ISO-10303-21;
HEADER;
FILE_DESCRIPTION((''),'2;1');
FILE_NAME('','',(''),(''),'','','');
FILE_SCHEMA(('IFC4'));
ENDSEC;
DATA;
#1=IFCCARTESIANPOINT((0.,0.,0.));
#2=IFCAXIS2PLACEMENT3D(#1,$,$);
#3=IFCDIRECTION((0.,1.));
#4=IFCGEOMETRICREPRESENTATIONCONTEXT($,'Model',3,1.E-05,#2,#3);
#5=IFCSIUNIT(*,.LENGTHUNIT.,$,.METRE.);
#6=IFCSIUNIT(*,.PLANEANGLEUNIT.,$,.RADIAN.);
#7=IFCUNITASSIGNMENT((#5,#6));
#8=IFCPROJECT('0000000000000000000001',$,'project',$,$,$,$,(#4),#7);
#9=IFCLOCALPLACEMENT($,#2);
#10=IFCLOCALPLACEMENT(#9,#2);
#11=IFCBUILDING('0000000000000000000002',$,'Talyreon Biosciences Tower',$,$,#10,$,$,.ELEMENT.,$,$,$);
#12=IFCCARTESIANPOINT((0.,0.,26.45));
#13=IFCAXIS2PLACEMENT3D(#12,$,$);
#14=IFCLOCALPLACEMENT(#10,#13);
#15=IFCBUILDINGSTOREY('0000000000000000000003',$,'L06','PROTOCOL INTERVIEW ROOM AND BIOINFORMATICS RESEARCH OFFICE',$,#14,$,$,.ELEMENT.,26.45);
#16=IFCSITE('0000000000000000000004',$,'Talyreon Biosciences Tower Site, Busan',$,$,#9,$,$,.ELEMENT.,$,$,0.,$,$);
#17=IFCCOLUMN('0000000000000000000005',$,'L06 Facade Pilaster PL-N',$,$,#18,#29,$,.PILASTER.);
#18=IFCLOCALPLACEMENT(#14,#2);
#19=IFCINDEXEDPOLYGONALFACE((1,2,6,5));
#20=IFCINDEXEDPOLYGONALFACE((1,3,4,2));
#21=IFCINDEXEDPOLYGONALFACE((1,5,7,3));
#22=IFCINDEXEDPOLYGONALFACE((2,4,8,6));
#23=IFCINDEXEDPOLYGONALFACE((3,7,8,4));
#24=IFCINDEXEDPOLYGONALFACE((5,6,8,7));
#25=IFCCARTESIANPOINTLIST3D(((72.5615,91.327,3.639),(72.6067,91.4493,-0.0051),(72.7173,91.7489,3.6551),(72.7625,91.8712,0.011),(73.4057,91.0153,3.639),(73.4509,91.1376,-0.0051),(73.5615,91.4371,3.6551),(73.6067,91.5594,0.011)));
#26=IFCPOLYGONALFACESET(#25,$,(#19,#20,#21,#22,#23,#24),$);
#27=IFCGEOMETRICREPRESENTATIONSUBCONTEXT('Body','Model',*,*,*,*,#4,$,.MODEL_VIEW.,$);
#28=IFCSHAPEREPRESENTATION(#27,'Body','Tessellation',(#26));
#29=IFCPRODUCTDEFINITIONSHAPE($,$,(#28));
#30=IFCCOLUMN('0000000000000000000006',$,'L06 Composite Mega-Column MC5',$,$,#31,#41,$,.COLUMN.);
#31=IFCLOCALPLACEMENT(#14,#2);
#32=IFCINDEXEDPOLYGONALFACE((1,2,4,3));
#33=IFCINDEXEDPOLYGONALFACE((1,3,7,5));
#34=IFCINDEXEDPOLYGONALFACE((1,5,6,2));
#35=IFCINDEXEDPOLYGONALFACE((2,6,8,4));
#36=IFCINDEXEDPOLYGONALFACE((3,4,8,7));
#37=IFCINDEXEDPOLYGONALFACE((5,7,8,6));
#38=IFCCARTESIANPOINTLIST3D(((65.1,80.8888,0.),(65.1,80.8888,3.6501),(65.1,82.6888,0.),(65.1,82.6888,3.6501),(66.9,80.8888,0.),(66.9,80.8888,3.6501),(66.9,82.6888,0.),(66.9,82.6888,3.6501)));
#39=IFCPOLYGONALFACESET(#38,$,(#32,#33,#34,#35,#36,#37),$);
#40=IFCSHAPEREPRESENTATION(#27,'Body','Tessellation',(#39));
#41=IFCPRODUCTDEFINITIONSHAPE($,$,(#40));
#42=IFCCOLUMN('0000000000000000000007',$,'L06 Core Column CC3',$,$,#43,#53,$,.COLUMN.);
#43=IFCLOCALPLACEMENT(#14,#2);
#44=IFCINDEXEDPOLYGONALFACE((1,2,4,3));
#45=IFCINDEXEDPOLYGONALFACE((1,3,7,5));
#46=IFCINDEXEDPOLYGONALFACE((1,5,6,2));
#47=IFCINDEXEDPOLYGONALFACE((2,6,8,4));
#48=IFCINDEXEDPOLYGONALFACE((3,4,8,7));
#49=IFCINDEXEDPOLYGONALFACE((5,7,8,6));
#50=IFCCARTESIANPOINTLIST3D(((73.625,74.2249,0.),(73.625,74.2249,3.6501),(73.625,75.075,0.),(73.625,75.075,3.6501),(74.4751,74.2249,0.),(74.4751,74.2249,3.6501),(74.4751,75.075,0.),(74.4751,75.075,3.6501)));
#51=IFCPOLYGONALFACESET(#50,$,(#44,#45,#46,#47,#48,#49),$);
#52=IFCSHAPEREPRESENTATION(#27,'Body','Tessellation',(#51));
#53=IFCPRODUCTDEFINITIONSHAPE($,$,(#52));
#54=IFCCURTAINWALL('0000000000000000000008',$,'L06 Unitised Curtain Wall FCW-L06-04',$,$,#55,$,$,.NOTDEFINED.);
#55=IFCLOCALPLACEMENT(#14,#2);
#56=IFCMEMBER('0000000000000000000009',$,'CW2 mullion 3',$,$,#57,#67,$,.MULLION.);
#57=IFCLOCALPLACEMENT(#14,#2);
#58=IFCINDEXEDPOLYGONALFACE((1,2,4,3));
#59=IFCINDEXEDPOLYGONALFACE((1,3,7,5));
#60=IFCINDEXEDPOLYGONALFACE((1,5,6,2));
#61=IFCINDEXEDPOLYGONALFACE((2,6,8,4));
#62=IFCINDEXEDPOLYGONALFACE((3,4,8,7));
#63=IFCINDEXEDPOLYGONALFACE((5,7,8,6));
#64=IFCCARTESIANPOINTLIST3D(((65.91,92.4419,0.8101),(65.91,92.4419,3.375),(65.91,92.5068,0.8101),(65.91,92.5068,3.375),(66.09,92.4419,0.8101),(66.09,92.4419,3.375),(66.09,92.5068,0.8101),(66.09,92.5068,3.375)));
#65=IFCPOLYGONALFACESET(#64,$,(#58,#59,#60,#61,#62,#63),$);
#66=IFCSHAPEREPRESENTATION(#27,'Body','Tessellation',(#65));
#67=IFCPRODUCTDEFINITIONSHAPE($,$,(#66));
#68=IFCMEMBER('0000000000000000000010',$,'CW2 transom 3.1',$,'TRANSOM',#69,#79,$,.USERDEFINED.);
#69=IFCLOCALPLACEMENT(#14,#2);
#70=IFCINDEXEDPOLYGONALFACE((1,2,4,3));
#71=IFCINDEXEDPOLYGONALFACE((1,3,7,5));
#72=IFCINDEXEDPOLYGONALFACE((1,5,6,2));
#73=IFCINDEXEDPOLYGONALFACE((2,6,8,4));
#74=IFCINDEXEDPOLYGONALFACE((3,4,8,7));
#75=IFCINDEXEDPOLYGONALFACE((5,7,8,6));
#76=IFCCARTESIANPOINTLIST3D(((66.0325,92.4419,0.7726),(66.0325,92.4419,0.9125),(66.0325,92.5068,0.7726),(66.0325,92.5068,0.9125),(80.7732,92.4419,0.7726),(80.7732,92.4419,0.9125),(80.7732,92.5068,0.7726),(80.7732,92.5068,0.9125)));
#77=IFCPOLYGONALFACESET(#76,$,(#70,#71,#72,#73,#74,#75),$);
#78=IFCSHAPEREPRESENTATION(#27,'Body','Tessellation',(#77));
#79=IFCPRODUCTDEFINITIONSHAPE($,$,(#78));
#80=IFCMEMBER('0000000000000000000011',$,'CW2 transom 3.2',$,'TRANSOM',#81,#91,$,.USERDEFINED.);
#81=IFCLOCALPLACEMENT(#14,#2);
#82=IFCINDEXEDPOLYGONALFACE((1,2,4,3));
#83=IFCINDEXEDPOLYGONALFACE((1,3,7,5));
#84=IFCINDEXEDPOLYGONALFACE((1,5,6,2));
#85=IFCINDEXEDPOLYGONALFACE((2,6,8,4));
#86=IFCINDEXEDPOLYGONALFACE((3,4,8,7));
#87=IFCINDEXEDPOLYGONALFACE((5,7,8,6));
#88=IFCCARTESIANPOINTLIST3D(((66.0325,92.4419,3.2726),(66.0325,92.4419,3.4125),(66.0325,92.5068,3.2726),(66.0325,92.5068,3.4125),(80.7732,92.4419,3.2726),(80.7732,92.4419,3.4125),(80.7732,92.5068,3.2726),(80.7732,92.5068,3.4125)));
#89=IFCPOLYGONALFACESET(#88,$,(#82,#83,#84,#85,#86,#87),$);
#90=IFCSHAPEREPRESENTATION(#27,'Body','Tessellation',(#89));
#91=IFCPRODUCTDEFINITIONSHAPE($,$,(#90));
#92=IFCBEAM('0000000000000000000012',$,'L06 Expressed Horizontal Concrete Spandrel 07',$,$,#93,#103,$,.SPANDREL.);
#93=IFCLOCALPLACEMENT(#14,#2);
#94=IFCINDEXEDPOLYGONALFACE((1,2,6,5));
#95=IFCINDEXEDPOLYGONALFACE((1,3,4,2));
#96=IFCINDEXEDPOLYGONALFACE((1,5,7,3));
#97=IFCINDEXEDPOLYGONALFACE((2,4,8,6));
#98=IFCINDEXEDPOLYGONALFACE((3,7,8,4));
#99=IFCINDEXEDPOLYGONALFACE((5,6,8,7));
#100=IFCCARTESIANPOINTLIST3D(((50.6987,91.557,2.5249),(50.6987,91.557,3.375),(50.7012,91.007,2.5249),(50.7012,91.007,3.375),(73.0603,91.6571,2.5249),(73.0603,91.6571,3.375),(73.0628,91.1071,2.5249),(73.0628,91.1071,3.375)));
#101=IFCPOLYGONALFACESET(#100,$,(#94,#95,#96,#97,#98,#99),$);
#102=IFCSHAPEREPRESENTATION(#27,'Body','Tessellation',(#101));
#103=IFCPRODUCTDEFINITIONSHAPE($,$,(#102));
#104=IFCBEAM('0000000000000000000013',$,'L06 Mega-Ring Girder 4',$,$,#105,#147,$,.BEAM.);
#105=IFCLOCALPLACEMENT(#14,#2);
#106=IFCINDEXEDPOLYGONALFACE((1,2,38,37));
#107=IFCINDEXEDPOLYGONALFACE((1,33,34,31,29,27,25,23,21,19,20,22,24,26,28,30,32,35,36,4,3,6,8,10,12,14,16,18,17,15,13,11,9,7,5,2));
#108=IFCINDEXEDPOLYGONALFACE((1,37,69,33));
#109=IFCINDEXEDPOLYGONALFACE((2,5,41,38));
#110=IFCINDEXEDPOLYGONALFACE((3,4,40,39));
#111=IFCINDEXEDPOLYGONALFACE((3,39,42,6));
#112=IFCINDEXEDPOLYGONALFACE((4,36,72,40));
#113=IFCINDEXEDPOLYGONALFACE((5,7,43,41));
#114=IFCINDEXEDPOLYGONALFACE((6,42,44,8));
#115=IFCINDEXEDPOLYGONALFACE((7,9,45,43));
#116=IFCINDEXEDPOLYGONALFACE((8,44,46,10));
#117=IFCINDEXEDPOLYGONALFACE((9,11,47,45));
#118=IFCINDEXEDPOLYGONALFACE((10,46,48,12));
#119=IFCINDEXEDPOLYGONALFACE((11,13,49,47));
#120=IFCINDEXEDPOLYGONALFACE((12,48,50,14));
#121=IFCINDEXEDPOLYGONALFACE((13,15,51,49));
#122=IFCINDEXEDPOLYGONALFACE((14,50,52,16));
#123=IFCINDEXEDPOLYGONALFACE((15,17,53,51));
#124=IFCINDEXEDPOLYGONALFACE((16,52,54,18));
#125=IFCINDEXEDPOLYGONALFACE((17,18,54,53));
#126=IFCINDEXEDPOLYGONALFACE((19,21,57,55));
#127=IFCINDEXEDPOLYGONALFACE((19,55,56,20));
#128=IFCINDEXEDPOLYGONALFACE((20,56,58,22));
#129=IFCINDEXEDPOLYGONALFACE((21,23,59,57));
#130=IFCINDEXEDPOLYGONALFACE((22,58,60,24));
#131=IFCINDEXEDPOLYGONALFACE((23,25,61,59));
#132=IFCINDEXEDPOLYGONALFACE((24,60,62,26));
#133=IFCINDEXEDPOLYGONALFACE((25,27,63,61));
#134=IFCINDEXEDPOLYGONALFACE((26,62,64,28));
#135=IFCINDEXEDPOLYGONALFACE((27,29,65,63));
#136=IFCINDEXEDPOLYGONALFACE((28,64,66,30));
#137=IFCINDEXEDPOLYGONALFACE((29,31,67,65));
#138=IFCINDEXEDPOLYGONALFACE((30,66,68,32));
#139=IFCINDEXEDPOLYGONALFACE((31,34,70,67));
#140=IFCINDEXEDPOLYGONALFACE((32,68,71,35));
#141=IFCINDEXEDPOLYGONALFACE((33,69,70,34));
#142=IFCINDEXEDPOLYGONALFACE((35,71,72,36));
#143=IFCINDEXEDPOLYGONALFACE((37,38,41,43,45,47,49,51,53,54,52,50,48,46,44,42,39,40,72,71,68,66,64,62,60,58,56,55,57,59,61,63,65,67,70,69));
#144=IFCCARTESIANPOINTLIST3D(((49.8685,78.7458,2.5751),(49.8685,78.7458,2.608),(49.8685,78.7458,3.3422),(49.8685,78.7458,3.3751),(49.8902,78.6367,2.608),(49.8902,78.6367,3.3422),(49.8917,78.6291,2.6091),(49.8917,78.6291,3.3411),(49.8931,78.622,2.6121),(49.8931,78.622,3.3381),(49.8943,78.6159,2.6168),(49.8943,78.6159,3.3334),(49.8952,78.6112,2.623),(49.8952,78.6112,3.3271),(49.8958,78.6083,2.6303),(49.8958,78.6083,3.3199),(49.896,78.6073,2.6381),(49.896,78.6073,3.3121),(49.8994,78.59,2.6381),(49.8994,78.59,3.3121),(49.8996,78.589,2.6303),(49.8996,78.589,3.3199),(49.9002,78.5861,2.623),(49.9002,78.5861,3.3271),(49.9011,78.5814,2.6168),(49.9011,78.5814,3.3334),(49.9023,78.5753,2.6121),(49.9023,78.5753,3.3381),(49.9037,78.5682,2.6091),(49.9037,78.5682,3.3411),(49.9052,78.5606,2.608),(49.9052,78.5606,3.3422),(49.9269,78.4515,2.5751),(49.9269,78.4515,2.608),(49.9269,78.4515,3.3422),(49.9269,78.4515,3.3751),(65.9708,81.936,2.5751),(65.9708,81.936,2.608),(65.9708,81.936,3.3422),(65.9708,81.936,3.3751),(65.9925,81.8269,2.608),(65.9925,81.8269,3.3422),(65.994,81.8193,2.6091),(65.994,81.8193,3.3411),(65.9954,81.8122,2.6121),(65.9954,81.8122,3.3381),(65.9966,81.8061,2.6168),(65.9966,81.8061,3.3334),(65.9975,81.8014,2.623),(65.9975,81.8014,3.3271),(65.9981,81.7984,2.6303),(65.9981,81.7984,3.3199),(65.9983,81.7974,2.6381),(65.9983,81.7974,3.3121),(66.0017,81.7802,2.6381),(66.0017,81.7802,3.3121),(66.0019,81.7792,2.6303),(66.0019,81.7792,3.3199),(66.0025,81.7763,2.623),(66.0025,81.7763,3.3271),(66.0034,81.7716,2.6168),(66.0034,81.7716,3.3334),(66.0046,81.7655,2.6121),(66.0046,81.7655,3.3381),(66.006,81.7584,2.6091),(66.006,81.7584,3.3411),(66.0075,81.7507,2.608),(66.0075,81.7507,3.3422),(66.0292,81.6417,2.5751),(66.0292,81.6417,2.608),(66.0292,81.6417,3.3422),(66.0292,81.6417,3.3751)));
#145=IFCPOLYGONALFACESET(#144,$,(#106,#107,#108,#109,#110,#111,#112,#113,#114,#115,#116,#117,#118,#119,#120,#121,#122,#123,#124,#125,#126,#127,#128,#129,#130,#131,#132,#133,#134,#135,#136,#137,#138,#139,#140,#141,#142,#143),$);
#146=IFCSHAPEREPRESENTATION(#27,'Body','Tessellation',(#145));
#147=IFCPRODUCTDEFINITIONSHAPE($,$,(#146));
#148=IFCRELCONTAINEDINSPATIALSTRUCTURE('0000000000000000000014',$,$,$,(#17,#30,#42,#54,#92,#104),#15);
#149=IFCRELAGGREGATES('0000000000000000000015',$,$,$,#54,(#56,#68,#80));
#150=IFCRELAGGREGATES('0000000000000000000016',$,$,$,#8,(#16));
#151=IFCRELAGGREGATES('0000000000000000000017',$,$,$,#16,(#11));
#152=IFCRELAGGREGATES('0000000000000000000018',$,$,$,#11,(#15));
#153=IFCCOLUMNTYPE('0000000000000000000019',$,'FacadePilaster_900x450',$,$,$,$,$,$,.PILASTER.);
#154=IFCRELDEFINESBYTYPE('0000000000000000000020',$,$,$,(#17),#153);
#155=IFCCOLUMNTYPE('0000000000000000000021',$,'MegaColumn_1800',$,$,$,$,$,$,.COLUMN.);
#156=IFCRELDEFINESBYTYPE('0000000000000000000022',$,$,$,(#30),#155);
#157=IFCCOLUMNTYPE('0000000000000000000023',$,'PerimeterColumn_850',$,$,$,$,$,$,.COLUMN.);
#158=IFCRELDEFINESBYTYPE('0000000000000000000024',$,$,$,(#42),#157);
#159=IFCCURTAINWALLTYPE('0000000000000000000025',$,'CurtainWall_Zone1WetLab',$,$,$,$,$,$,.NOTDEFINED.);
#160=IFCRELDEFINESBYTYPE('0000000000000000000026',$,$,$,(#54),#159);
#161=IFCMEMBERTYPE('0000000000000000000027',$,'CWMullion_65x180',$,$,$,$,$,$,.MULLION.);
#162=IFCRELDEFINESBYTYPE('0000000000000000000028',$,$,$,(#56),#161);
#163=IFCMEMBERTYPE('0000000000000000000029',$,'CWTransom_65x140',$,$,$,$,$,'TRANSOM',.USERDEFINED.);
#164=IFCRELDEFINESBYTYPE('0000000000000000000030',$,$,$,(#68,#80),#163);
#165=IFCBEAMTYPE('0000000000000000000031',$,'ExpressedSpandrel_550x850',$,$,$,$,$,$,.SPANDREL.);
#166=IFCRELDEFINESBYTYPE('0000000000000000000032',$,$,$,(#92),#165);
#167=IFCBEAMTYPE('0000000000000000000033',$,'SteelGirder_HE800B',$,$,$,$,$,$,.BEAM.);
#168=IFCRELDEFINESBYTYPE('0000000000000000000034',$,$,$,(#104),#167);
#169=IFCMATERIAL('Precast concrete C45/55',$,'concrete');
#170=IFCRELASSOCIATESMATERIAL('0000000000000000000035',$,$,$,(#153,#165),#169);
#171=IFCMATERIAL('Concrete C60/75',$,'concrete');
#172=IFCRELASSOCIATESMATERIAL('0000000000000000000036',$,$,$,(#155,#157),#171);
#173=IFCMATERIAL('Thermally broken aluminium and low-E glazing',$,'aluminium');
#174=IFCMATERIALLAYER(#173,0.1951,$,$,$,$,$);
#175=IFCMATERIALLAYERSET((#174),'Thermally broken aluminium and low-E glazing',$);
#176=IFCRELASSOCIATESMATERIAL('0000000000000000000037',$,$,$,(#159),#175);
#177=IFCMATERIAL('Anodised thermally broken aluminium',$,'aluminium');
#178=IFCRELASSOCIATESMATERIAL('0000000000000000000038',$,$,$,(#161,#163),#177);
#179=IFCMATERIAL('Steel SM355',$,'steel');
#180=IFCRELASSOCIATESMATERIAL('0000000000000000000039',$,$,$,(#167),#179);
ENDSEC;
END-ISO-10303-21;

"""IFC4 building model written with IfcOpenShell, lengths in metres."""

from ifc_helpers import new_model, si_unit, direction, frame, origin, origin_2d, place, context, subcontext, project, spatial, rectangle, i_section, extrude, material, layer, layer_set, material_profile, profile_set, type_object, element, aggregate, save


model = new_model("IFC4")

# Units and contexts
model_context = context("Model", 3, precision=1e-05, world=origin(), true_north=direction((0.0, 1.0)))
body_context = subcontext(model_context, "Body", "Model", "MODEL_VIEW")
ifc_project = project(units=[si_unit("LENGTHUNIT", "METRE"), si_unit("PLANEANGLEUNIT", "RADIAN")], contexts=[model_context])

# Site, building, storey
site_placement = place(None, origin())
site = spatial("IfcSite", under=ifc_project, at=site_placement, Name="Talyreon Biosciences Tower Site, Busan", CompositionType="ELEMENT", RefElevation=0.0)
building_placement = place(site_placement, origin())
building = spatial("IfcBuilding", under=site, at=building_placement, Name="Talyreon Biosciences Tower", CompositionType="ELEMENT")
storey_placement = place(building_placement, frame((0.0, 0.0, 26.45)))
storey = spatial("IfcBuildingStorey", under=building, at=storey_placement, Name="L06", Description="PROTOCOL INTERVIEW ROOM AND BIOINFORMATICS RESEARCH OFFICE", CompositionType="ELEMENT", Elevation=26.45)

# Columns
ifc_material_1 = material(Name="Precast concrete C45/55", Category="concrete")
ifc_material_profile_1 = material_profile(ifc_material_1, rectangle(XDim=0.8999, YDim=0.45, at=origin_2d()), Name="RC 900x450")
ifc_profile_set_1 = profile_set([ifc_material_profile_1], Name="Precast concrete C45/55")
column_type_1 = type_object("IfcColumnType", Name="FacadePilaster_900x450", PredefinedType="PILASTER", material=ifc_profile_set_1)
column_1_placement = place(storey_placement, frame((73.1067, 91.5044, 0.0029), z_axis=(-0.012387, -0.033544, 0.99936), x_axis=(-0.938087, 0.346399, 0.0)))
element("IfcColumn", 1, at=column_1_placement, inside=storey, type_object=column_type_1, Name="L06 Facade Pilaster PL-N", PredefinedType="PILASTER", context=body_context, shape_type="SweptSolid", body=[
    extrude(rectangle(XDim=0.8999, YDim=0.45, at=origin_2d()), origin(), (0.0, 0.0, 1.0), 3.6465),
])
ifc_material_2 = material(Name="Concrete C60/75", Category="concrete")
ifc_material_profile_2 = material_profile(ifc_material_2, rectangle(XDim=1.8, YDim=1.8, at=origin_2d()), Name="RC 1800x1800")
ifc_profile_set_2 = profile_set([ifc_material_profile_2], Name="Concrete C60/75")
column_type_2 = type_object("IfcColumnType", Name="MegaColumn_1800", PredefinedType="COLUMN", material=ifc_profile_set_2)
column_2_placement = place(storey_placement, frame((66.0, 81.7888, 0.0), z_axis=(0.0, 0.0, 1.0), x_axis=(1.0, 0.0, 0.0)))
element("IfcColumn", 2, at=column_2_placement, inside=storey, type_object=column_type_2, Name="L06 Composite Mega-Column MC5", PredefinedType="COLUMN", context=body_context, shape_type="SweptSolid", body=[
    extrude(rectangle(XDim=1.8, YDim=1.8, at=origin_2d()), origin(), (0.0, 0.0, 1.0), 3.6501),
])
ifc_material_profile_3 = material_profile(ifc_material_2, rectangle(XDim=0.8501, YDim=0.8501, at=origin_2d()), Name="RC 850x850")
ifc_profile_set_3 = profile_set([ifc_material_profile_3], Name="Concrete C60/75")
column_type_3 = type_object("IfcColumnType", Name="PerimeterColumn_850", PredefinedType="COLUMN", material=ifc_profile_set_3)
column_3_placement = place(storey_placement, frame((74.05, 74.6499, 0.0), z_axis=(0.0, 0.0, 1.0), x_axis=(1.0, 0.0, 0.0)))
element("IfcColumn", 3, at=column_3_placement, inside=storey, type_object=column_type_3, Name="L06 Core Column CC3", PredefinedType="COLUMN", context=body_context, shape_type="SweptSolid", body=[
    extrude(rectangle(XDim=0.8501, YDim=0.8501, at=origin_2d()), origin(), (0.0, 0.0, 1.0), 3.6501),
])

# Curtain wall, members
ifc_material_3 = material(Name="Thermally broken aluminium and low-E glazing", Category="aluminium")
ifc_layer_1 = layer(ifc_material_3, 0.1951)
ifc_layer_set_1 = layer_set([ifc_layer_1], Name="Thermally broken aluminium and low-E glazing")
curtain_wall_type = type_object("IfcCurtainWallType", Name="CurtainWall_Zone1WetLab", PredefinedType="NOTDEFINED", material=ifc_layer_set_1)
curtain_wall_placement = place(storey_placement, origin())
curtain_wall = element("IfcCurtainWall", 4, at=curtain_wall_placement, inside=storey, type_object=curtain_wall_type, Name="L06 Unitised Curtain Wall FCW-L06-04", PredefinedType="NOTDEFINED")
ifc_material_4 = material(Name="Anodised thermally broken aluminium", Category="aluminium")
ifc_material_profile_4 = material_profile(ifc_material_4, rectangle(XDim=0.0649, YDim=0.1799, at=origin_2d()), Name="ALUM MULLION 65x180")
ifc_profile_set_4 = profile_set([ifc_material_profile_4], Name="Anodised thermally broken aluminium")
member_type_1 = type_object("IfcMemberType", Name="CWMullion_65x180", PredefinedType="MULLION", material=ifc_profile_set_4)
member_1_placement = place(storey_placement, frame((66.0, 92.4744, 0.8101), z_axis=(0.0, 0.0, 1.0), x_axis=(0.0, 1.0, 0.0)))
member_1 = element("IfcMember", 5, at=member_1_placement, type_object=member_type_1, Name="CW2 mullion 3", PredefinedType="MULLION", context=body_context, shape_type="SweptSolid", body=[
    extrude(rectangle(XDim=0.0649, YDim=0.1799, at=origin_2d()), origin(), (0.0, 0.0, 1.0), 2.5649),
])
ifc_material_profile_5 = material_profile(ifc_material_4, rectangle(XDim=0.0649, YDim=0.1399, at=origin_2d()), Name="ALUM TRANSOM 65x140")
ifc_profile_set_5 = profile_set([ifc_material_profile_5], Name="Anodised thermally broken aluminium")
member_type_2 = type_object("IfcMemberType", Name="CWTransom_65x140", ElementType="TRANSOM", PredefinedType="USERDEFINED", material=ifc_profile_set_5)
member_2_placement = place(storey_placement, frame((66.0325, 92.4744, 0.8425), z_axis=(1.0, 0.0, 0.0), x_axis=(0.0, 1.0, 0.0)))
member_2 = element("IfcMember", 6, at=member_2_placement, type_object=member_type_2, Name="CW2 transom 3.1", ObjectType="TRANSOM", PredefinedType="USERDEFINED", context=body_context, shape_type="SweptSolid", body=[
    extrude(rectangle(XDim=0.0649, YDim=0.1399, at=origin_2d()), origin(), (0.0, 0.0, 1.0), 14.7407),
])
member_3_placement = place(storey_placement, frame((66.0325, 92.4744, 3.3425), z_axis=(1.0, 0.0, 0.0), x_axis=(0.0, 1.0, 0.0)))
member_3 = element("IfcMember", 7, at=member_3_placement, type_object=member_type_2, Name="CW2 transom 3.2", ObjectType="TRANSOM", PredefinedType="USERDEFINED", context=body_context, shape_type="SweptSolid", body=[
    extrude(rectangle(XDim=0.0649, YDim=0.1399, at=origin_2d()), origin(), (0.0, 0.0, 1.0), 14.7407),
])

# Beams
ifc_material_profile_6 = material_profile(ifc_material_1, rectangle(XDim=0.55, YDim=0.8501, at=origin_2d()), Name="RCB 550x850")
ifc_profile_set_6 = profile_set([ifc_material_profile_6], Name="Precast concrete C45/55")
beam_type_1 = type_object("IfcBeamType", Name="ExpressedSpandrel_550x850", PredefinedType="SPANDREL", material=ifc_profile_set_6)
beam_1_placement = place(storey_placement, frame((73.0615, 91.3821, 2.95), z_axis=(-0.99999, -0.004476, 0.0), x_axis=(0.004476, -0.99999, 0.0)))
element("IfcBeam", 8, at=beam_1_placement, inside=storey, type_object=beam_type_1, Name="L06 Expressed Horizontal Concrete Spandrel 07", PredefinedType="SPANDREL", context=body_context, shape_type="SweptSolid", body=[
    extrude(rectangle(XDim=0.55, YDim=0.8501, at=origin_2d()), origin(), (0.0, 0.0, 1.0), 22.3618),
])
ifc_material_5 = material(Name="Steel SM355", Category="steel")
ifc_material_profile_7 = material_profile(ifc_material_5, i_section(OverallWidth=0.3, OverallDepth=0.8, WebThickness=0.0176, FlangeThickness=0.033, FilletRadius=0.03, at=origin_2d()), Name="HE800B")
ifc_profile_set_7 = profile_set([ifc_material_profile_7], Name="Steel SM355")
beam_type_2 = type_object("IfcBeamType", Name="SteelGirder_HE800B", PredefinedType="BEAM", material=ifc_profile_set_7)
beam_2_placement = place(storey_placement, frame((66.0, 81.7888, 2.9751), z_axis=(-0.980934, -0.194343, 0.0), x_axis=(0.194343, -0.980934, 0.0)))
element("IfcBeam", 9, at=beam_2_placement, inside=storey, type_object=beam_type_2, Name="L06 Mega-Ring Girder 4", PredefinedType="BEAM", context=body_context, shape_type="SweptSolid", body=[
    extrude(i_section(OverallWidth=0.3, OverallDepth=0.8, WebThickness=0.0176, FlangeThickness=0.033, FilletRadius=0.03, at=origin_2d()), origin(), (0.0, 0.0, 1.0), 16.4153),
])

aggregate(curtain_wall, [member_1, member_2, member_3])

save(model, "model.ifc")
